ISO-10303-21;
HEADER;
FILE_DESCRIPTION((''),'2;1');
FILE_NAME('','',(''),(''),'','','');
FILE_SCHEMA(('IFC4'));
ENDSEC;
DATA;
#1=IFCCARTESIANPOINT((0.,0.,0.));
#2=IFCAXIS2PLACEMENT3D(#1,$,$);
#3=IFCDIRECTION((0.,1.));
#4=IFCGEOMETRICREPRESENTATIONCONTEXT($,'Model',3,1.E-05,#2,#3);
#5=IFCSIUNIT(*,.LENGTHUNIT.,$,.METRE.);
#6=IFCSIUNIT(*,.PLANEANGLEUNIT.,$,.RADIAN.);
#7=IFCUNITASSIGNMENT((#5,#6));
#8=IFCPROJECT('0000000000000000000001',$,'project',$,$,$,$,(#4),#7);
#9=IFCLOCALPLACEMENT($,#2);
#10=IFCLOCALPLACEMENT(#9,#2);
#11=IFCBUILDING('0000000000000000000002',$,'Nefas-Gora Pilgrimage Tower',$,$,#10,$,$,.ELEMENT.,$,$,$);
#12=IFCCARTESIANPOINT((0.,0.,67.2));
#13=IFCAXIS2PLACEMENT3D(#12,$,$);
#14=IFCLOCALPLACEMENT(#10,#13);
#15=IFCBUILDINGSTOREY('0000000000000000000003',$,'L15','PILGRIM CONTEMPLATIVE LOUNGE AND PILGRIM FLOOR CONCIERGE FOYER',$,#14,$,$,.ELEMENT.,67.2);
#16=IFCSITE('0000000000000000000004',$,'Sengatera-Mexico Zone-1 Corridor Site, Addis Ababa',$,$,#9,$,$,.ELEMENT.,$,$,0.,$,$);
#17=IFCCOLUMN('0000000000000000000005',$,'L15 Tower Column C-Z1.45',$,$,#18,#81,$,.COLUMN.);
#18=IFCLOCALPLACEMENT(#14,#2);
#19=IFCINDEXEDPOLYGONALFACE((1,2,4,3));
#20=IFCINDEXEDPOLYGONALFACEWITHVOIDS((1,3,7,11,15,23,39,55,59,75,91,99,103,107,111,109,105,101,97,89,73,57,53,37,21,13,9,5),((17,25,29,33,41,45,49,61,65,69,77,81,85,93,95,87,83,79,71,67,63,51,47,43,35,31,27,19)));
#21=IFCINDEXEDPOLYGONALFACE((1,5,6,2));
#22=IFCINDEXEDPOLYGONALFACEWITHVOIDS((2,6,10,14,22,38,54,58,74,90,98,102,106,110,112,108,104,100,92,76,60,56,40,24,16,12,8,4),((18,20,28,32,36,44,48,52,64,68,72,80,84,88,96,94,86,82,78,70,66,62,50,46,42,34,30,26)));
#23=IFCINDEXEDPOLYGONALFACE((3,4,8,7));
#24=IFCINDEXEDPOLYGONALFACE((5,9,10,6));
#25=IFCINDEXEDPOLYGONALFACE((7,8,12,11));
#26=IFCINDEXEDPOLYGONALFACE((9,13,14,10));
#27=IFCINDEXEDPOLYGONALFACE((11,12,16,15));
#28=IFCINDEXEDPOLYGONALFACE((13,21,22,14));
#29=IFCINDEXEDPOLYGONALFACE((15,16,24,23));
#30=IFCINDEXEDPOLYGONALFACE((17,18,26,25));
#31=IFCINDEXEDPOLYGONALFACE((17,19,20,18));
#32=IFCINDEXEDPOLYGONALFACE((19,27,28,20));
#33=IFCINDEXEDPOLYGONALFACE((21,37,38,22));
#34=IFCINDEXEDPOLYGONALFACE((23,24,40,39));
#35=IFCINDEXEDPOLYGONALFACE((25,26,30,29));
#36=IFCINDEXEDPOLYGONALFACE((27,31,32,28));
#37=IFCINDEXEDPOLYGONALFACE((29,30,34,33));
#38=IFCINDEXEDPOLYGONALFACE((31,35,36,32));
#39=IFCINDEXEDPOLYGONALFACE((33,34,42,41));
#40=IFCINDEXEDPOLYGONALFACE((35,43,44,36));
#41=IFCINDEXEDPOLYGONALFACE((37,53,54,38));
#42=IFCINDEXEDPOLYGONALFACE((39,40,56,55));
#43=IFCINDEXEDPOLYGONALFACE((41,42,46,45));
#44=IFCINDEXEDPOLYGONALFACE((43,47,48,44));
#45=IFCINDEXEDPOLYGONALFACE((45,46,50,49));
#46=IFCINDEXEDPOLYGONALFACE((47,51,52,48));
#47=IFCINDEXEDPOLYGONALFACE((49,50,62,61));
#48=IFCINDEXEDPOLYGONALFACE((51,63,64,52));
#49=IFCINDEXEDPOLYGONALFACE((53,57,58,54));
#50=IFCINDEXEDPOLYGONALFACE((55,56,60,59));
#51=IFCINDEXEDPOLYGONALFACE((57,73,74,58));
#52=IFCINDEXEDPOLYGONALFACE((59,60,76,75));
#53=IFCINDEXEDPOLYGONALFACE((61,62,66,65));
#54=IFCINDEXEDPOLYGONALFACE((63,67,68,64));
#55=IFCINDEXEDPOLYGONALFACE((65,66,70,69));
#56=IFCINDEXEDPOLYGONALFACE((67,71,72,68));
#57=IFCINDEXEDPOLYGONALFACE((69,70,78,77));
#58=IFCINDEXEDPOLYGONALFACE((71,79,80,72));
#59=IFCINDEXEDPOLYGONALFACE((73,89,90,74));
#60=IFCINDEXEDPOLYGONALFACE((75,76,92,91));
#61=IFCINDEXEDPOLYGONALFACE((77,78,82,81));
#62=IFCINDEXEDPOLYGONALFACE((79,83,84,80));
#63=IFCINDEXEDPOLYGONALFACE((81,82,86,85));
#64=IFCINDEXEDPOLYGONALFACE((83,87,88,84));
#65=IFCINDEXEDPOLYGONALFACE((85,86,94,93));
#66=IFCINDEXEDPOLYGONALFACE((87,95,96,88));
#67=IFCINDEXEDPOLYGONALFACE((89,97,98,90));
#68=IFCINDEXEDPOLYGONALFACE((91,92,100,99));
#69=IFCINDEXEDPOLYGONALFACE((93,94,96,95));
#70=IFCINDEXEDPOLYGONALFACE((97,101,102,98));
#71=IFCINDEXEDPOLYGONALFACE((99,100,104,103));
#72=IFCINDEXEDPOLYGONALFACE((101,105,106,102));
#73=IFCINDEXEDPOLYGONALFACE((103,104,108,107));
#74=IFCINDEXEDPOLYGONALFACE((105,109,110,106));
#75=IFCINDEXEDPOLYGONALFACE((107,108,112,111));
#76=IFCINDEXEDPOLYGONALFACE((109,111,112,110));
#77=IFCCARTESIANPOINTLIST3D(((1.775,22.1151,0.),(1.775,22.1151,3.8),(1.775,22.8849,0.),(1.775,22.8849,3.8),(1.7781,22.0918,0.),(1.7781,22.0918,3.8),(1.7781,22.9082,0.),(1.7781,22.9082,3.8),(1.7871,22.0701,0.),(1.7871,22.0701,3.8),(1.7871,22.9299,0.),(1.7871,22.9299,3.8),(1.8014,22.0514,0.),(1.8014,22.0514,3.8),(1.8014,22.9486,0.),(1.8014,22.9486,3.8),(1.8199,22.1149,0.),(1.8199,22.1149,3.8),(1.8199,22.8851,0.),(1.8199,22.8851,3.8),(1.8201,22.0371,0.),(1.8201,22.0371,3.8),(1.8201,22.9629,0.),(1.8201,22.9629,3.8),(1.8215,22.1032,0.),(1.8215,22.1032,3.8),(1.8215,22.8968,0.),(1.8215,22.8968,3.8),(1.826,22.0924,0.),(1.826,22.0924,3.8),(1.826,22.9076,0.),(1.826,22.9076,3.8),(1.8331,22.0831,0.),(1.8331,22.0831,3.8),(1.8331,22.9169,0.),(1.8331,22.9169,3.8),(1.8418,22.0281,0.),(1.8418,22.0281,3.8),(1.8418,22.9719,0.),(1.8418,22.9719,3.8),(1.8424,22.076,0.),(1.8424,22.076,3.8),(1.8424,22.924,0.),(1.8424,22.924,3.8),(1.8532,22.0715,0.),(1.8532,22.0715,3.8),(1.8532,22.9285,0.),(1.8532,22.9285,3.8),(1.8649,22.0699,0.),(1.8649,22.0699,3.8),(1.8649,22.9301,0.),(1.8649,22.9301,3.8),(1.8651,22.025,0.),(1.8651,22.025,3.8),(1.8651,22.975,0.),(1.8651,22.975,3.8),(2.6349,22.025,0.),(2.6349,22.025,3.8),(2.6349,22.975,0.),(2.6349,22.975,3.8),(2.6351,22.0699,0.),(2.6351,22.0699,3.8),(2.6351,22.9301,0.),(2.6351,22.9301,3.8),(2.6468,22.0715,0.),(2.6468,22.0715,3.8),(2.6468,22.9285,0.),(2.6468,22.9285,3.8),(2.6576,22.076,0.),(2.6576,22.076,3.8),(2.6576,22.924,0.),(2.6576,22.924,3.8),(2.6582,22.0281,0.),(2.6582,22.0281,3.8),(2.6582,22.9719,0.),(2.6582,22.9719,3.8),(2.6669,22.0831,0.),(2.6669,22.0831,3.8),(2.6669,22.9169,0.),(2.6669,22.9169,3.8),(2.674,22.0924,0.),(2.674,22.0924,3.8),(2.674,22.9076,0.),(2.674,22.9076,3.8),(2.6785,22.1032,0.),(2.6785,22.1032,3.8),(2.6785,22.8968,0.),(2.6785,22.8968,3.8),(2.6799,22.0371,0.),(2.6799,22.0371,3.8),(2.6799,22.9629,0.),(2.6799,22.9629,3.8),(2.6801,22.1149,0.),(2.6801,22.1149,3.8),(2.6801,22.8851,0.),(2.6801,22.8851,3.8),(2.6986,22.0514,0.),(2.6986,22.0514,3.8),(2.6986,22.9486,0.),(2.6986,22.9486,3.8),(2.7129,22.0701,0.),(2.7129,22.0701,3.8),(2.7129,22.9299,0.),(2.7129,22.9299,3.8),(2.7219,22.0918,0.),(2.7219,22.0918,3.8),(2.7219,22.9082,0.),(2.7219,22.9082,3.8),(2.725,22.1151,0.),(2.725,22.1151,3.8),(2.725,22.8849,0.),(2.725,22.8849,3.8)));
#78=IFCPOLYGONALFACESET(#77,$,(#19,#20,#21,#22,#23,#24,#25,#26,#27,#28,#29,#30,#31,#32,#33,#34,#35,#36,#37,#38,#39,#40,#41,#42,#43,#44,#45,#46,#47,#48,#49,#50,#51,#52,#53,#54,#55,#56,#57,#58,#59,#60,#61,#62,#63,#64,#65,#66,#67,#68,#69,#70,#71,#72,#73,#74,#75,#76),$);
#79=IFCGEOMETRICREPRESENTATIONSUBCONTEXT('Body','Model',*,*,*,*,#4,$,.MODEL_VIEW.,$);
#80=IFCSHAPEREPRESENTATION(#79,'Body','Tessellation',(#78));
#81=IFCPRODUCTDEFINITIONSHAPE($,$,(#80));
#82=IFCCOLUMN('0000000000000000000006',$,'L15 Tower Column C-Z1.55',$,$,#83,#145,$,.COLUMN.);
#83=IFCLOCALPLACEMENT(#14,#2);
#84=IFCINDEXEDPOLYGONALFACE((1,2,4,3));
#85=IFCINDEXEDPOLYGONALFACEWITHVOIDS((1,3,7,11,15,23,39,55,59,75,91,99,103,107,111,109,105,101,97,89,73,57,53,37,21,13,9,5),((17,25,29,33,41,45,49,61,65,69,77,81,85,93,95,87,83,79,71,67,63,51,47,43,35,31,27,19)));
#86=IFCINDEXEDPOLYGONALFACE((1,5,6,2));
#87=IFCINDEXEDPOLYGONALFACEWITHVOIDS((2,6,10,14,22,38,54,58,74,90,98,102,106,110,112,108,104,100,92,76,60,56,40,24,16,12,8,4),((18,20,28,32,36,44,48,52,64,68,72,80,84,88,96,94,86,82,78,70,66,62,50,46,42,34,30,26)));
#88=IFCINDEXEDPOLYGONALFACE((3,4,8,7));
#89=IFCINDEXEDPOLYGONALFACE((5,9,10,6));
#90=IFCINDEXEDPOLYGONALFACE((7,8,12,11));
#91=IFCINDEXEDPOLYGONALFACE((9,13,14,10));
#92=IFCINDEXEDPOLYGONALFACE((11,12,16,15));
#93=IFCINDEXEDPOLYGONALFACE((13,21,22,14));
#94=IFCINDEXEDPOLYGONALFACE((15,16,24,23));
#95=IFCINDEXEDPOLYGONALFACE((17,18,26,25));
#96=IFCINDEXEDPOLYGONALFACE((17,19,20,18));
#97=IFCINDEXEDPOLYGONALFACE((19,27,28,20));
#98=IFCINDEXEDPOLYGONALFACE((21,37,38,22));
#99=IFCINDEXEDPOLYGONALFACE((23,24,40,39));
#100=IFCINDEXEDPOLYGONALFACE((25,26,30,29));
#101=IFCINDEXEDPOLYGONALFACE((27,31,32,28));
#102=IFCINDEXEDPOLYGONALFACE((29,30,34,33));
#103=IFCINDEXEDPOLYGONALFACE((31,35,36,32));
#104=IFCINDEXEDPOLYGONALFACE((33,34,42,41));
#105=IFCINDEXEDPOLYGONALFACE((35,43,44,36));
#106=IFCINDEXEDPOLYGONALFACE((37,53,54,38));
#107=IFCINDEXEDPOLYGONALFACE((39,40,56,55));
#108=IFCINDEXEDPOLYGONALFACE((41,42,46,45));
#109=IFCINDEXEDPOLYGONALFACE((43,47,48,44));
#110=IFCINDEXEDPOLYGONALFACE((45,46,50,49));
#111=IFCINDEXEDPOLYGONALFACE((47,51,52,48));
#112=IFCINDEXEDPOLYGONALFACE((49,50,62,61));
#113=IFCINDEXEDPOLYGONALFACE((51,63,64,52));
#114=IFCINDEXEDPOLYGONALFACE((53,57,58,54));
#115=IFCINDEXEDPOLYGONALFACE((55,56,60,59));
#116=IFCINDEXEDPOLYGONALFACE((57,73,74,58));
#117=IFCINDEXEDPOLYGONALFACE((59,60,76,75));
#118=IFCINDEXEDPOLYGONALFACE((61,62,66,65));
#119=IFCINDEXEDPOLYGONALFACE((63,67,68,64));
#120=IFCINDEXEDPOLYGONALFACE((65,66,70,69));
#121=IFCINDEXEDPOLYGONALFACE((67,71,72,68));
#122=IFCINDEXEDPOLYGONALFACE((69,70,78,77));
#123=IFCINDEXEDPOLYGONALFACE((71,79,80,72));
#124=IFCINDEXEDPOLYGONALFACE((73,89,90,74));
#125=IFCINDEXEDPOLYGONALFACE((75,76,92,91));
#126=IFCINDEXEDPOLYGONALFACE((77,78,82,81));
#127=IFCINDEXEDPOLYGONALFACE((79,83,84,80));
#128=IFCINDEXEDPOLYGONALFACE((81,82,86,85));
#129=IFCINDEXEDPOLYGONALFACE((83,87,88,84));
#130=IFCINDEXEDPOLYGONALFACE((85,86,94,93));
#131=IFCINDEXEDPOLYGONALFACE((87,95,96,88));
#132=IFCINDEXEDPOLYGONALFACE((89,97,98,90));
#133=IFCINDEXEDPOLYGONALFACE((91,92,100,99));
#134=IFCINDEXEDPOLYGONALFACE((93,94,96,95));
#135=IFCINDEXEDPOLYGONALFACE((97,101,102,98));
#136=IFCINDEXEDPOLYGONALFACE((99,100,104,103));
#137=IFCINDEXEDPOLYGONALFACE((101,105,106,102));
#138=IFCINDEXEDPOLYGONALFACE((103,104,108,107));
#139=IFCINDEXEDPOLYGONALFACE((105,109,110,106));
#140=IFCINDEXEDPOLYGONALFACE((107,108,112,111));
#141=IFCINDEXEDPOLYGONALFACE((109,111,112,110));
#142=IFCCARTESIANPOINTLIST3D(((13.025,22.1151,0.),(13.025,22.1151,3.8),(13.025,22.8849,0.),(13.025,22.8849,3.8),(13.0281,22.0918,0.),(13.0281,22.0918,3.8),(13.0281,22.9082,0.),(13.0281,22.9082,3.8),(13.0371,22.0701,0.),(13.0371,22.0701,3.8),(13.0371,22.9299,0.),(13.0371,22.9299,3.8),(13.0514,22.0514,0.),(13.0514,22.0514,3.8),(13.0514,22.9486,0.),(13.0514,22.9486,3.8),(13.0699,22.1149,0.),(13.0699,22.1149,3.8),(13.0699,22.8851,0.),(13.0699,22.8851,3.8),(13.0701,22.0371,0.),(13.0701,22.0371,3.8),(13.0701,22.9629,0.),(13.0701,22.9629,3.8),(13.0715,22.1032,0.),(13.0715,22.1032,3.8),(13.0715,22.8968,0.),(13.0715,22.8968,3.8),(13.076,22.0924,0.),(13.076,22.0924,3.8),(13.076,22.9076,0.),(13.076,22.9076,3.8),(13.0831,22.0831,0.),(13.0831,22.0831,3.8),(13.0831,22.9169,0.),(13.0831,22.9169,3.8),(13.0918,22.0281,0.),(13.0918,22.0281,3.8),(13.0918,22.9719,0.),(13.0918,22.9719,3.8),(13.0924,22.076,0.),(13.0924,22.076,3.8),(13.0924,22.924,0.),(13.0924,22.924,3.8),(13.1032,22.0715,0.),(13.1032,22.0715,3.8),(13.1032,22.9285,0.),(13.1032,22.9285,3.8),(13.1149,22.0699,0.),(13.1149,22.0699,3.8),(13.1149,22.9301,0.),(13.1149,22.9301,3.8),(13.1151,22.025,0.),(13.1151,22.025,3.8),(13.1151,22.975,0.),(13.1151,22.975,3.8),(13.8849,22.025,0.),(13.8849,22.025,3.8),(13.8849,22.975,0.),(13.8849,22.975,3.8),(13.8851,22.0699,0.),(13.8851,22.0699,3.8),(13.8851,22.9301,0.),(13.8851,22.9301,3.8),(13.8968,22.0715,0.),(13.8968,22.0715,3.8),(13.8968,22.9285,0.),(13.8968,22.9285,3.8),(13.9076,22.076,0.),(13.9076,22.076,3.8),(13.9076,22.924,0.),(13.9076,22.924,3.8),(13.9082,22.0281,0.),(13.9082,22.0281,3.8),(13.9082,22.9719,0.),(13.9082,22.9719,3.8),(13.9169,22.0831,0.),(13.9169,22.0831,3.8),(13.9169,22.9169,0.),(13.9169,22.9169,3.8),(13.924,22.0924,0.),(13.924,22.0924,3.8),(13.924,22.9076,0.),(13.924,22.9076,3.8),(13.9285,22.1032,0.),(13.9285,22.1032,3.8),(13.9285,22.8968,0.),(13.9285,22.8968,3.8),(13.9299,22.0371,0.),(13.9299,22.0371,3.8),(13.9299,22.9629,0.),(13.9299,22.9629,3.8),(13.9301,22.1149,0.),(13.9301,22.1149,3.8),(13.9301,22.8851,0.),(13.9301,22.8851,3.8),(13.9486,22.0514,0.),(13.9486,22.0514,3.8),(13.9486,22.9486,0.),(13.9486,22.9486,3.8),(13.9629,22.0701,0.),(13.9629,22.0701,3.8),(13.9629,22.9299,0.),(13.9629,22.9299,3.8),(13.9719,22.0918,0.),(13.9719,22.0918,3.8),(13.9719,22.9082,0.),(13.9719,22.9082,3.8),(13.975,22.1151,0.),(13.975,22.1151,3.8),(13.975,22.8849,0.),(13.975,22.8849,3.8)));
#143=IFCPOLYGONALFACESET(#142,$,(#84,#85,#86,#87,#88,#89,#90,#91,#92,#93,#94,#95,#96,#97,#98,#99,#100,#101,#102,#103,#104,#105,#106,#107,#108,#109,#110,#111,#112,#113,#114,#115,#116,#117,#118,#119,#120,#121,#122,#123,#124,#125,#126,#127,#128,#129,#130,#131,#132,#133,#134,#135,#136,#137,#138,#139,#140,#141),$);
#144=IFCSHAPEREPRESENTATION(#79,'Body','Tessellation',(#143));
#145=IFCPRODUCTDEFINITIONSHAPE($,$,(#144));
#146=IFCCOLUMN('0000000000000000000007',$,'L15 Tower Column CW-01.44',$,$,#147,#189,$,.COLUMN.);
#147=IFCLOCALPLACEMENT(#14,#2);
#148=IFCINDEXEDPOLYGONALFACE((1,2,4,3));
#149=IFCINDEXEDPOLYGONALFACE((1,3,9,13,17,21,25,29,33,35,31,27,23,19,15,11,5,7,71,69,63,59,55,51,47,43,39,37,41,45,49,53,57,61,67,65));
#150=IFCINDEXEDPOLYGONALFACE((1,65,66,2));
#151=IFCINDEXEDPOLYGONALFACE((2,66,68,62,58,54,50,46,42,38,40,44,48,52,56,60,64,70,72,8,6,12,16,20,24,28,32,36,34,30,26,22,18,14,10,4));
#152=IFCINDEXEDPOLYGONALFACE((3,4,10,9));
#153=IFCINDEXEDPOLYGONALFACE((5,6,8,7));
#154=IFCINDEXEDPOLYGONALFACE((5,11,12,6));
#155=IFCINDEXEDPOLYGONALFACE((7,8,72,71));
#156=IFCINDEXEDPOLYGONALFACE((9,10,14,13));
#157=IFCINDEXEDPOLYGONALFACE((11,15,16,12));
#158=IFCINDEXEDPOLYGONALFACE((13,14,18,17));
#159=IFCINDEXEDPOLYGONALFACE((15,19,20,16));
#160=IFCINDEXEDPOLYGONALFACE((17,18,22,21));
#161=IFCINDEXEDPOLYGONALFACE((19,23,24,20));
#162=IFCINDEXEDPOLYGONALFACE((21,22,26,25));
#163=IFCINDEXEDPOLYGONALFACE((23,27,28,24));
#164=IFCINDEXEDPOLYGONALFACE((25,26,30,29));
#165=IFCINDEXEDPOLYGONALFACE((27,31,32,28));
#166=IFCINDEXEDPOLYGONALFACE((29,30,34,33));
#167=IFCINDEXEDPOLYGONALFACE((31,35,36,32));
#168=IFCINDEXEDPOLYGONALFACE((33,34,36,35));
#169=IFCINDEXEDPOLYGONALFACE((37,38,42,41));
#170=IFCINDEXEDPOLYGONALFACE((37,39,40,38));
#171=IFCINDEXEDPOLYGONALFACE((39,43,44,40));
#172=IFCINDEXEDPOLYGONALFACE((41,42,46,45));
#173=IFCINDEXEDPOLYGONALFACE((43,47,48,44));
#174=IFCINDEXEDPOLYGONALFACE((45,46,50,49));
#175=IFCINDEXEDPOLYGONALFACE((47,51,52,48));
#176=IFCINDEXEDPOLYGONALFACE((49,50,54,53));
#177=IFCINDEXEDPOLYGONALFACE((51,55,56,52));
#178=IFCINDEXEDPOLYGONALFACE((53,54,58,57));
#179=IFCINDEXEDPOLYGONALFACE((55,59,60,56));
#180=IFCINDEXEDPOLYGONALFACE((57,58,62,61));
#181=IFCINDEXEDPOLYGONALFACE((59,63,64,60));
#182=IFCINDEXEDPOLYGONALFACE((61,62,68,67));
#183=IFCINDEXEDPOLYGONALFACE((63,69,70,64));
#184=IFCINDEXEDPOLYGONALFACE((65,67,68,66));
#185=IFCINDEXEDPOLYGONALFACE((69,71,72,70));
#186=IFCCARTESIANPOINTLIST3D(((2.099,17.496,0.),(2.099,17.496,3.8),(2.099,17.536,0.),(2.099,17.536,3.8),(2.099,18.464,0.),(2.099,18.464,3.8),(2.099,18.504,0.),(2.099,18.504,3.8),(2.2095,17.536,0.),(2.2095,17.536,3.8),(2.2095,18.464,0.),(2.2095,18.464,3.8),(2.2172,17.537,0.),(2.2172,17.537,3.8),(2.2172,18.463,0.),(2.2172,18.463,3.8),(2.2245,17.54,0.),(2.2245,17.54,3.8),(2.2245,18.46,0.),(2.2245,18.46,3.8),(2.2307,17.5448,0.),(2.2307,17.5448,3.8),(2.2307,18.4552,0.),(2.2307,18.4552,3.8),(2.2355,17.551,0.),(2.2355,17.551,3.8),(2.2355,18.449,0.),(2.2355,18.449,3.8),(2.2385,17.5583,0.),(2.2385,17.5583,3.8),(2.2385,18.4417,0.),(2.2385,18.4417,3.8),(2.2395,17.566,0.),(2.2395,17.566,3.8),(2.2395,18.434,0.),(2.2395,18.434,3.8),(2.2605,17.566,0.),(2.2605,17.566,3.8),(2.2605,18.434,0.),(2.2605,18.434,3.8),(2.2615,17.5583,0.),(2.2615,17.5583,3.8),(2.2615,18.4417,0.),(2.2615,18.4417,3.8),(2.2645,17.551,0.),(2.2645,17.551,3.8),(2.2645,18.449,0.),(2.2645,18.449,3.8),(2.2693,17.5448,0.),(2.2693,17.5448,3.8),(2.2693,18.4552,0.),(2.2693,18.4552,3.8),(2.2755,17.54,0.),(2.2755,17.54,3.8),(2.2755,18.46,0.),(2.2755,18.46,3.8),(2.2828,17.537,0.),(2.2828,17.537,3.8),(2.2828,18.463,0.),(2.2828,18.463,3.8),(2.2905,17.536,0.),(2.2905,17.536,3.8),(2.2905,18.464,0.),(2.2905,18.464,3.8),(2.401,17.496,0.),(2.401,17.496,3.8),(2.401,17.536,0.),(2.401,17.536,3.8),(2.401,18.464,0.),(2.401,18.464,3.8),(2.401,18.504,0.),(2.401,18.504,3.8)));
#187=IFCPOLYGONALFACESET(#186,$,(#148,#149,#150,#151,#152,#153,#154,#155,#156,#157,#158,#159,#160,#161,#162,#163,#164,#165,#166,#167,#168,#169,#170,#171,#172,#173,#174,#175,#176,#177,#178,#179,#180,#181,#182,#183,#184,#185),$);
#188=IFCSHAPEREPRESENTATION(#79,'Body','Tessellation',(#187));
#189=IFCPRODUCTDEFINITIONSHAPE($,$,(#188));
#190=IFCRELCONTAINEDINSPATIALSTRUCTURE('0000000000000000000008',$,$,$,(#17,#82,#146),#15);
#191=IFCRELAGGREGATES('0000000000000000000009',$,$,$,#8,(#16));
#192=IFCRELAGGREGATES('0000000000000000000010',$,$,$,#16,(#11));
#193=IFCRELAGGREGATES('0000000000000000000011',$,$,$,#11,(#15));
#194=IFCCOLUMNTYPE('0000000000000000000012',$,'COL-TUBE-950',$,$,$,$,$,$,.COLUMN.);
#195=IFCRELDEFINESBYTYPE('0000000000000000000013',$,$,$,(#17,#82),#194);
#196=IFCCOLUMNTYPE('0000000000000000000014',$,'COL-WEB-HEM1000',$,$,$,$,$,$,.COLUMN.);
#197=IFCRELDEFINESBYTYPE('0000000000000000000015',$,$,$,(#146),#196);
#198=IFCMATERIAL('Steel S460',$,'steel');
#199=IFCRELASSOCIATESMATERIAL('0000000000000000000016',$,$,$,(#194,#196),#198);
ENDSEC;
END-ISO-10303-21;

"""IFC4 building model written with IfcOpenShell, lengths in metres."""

from ifc_helpers import new_model, si_unit, direction, frame, origin, origin_2d, place, context, subcontext, project, spatial, hollow_rectangle, i_section, extrude, source, transform, mapped, material, material_profile, profile_set, type_object, element, save


model = new_model("IFC4")

# Units and contexts
model_context = context("Model", 3, precision=1e-05, world=origin(), true_north=direction((0.0, 1.0)))
body_context = subcontext(model_context, "Body", "Model", "MODEL_VIEW")
ifc_project = project(units=[si_unit("LENGTHUNIT", "METRE"), si_unit("PLANEANGLEUNIT", "RADIAN")], contexts=[model_context])

# Site, building, storey
site_placement = place(None, origin())
site = spatial("IfcSite", under=ifc_project, at=site_placement, Name="Sengatera-Mexico Zone-1 Corridor Site, Addis Ababa", CompositionType="ELEMENT", RefElevation=0.0)
building_placement = place(site_placement, origin())
building = spatial("IfcBuilding", under=site, at=building_placement, Name="Nefas-Gora Pilgrimage Tower", CompositionType="ELEMENT")
storey_placement = place(building_placement, frame((0.0, 0.0, 67.2)))
storey = spatial("IfcBuildingStorey", under=building, at=storey_placement, Name="L15", Description="PILGRIM CONTEMPLATIVE LOUNGE AND PILGRIM FLOOR CONCIERGE FOYER", CompositionType="ELEMENT", Elevation=67.2)

# Columns
ifc_material_1 = material(Name="Steel S460", Category="steel")
ifc_material_profile_1 = material_profile(ifc_material_1, hollow_rectangle(XDim=0.95, YDim=0.95, WallThickness=0.0449, InnerFilletRadius=0.0449, OuterFilletRadius=0.0901, at=origin_2d()), Name="BOX 950x950x45")
ifc_profile_set_1 = profile_set([ifc_material_profile_1], Name="Steel S460")
column_type_1 = type_object("IfcColumnType", Name="COL-TUBE-950", PredefinedType="COLUMN", material=ifc_profile_set_1)
shared_shape_1 = source(origin(), body_context, "Body", "SweptSolid", [
    extrude(hollow_rectangle(XDim=0.95, YDim=0.95, WallThickness=0.0449, InnerFilletRadius=0.0449, OuterFilletRadius=0.0901, at=origin_2d()), origin(), (0.0, 0.0, 1.0), 3.8),
])
for number, where, z_axis, x_axis, name in (
    (1, (2.25, 22.5, 0.0), (0.0, 0.0, 1.0), (1.0, 0.0, 0.0), "L15 Tower Column C-Z1.45"),
    (2, (13.5, 22.5, 0.0), (0.0, 0.0, 1.0), (1.0, 0.0, 0.0), "L15 Tower Column C-Z1.55"),
):
    element("IfcColumn", number, at=place(storey_placement, frame(where, z_axis=z_axis, x_axis=x_axis)), inside=storey, type_object=column_type_1, Name=name, PredefinedType="COLUMN", context=body_context, shape_type="MappedRepresentation", body=[
        mapped(shared_shape_1, transform((0.0, 0.0, 0.0), x_axis=(1.0, 0.0, 0.0), y_axis=(0.0, 1.0, 0.0), z_axis=(0.0, 0.0, 1.0), scale=1.0)),
    ])
ifc_material_profile_2 = material_profile(ifc_material_1, i_section(OverallWidth=0.302, OverallDepth=1.0081, WebThickness=0.021, FlangeThickness=0.04, FilletRadius=0.03, at=origin_2d()), Name="HEM 1000")
ifc_profile_set_2 = profile_set([ifc_material_profile_2], Name="Steel S460")
column_type_2 = type_object("IfcColumnType", Name="COL-WEB-HEM1000", PredefinedType="COLUMN", material=ifc_profile_set_2)
shared_shape_2 = source(origin(), body_context, "Body", "SweptSolid", [
    extrude(i_section(OverallWidth=0.302, OverallDepth=1.0081, WebThickness=0.021, FlangeThickness=0.04, FilletRadius=0.03, at=origin_2d()), origin(), (0.0, 0.0, 1.0), 3.8),
])
for number, where, z_axis, x_axis, name in (
    (3, (2.25, 18.0, 0.0), (0.0, 0.0, 1.0), (1.0, 0.0, 0.0), "L15 Tower Column CW-01.44"),
):
    element("IfcColumn", number, at=place(storey_placement, frame(where, z_axis=z_axis, x_axis=x_axis)), inside=storey, type_object=column_type_2, Name=name, PredefinedType="COLUMN", context=body_context, shape_type="MappedRepresentation", body=[
        mapped(shared_shape_2, transform((0.0, 0.0, 0.0), x_axis=(1.0, 0.0, 0.0), y_axis=(0.0, 1.0, 0.0), z_axis=(0.0, 0.0, 1.0), scale=1.0)),
    ])

save(model, "model.ifc")
